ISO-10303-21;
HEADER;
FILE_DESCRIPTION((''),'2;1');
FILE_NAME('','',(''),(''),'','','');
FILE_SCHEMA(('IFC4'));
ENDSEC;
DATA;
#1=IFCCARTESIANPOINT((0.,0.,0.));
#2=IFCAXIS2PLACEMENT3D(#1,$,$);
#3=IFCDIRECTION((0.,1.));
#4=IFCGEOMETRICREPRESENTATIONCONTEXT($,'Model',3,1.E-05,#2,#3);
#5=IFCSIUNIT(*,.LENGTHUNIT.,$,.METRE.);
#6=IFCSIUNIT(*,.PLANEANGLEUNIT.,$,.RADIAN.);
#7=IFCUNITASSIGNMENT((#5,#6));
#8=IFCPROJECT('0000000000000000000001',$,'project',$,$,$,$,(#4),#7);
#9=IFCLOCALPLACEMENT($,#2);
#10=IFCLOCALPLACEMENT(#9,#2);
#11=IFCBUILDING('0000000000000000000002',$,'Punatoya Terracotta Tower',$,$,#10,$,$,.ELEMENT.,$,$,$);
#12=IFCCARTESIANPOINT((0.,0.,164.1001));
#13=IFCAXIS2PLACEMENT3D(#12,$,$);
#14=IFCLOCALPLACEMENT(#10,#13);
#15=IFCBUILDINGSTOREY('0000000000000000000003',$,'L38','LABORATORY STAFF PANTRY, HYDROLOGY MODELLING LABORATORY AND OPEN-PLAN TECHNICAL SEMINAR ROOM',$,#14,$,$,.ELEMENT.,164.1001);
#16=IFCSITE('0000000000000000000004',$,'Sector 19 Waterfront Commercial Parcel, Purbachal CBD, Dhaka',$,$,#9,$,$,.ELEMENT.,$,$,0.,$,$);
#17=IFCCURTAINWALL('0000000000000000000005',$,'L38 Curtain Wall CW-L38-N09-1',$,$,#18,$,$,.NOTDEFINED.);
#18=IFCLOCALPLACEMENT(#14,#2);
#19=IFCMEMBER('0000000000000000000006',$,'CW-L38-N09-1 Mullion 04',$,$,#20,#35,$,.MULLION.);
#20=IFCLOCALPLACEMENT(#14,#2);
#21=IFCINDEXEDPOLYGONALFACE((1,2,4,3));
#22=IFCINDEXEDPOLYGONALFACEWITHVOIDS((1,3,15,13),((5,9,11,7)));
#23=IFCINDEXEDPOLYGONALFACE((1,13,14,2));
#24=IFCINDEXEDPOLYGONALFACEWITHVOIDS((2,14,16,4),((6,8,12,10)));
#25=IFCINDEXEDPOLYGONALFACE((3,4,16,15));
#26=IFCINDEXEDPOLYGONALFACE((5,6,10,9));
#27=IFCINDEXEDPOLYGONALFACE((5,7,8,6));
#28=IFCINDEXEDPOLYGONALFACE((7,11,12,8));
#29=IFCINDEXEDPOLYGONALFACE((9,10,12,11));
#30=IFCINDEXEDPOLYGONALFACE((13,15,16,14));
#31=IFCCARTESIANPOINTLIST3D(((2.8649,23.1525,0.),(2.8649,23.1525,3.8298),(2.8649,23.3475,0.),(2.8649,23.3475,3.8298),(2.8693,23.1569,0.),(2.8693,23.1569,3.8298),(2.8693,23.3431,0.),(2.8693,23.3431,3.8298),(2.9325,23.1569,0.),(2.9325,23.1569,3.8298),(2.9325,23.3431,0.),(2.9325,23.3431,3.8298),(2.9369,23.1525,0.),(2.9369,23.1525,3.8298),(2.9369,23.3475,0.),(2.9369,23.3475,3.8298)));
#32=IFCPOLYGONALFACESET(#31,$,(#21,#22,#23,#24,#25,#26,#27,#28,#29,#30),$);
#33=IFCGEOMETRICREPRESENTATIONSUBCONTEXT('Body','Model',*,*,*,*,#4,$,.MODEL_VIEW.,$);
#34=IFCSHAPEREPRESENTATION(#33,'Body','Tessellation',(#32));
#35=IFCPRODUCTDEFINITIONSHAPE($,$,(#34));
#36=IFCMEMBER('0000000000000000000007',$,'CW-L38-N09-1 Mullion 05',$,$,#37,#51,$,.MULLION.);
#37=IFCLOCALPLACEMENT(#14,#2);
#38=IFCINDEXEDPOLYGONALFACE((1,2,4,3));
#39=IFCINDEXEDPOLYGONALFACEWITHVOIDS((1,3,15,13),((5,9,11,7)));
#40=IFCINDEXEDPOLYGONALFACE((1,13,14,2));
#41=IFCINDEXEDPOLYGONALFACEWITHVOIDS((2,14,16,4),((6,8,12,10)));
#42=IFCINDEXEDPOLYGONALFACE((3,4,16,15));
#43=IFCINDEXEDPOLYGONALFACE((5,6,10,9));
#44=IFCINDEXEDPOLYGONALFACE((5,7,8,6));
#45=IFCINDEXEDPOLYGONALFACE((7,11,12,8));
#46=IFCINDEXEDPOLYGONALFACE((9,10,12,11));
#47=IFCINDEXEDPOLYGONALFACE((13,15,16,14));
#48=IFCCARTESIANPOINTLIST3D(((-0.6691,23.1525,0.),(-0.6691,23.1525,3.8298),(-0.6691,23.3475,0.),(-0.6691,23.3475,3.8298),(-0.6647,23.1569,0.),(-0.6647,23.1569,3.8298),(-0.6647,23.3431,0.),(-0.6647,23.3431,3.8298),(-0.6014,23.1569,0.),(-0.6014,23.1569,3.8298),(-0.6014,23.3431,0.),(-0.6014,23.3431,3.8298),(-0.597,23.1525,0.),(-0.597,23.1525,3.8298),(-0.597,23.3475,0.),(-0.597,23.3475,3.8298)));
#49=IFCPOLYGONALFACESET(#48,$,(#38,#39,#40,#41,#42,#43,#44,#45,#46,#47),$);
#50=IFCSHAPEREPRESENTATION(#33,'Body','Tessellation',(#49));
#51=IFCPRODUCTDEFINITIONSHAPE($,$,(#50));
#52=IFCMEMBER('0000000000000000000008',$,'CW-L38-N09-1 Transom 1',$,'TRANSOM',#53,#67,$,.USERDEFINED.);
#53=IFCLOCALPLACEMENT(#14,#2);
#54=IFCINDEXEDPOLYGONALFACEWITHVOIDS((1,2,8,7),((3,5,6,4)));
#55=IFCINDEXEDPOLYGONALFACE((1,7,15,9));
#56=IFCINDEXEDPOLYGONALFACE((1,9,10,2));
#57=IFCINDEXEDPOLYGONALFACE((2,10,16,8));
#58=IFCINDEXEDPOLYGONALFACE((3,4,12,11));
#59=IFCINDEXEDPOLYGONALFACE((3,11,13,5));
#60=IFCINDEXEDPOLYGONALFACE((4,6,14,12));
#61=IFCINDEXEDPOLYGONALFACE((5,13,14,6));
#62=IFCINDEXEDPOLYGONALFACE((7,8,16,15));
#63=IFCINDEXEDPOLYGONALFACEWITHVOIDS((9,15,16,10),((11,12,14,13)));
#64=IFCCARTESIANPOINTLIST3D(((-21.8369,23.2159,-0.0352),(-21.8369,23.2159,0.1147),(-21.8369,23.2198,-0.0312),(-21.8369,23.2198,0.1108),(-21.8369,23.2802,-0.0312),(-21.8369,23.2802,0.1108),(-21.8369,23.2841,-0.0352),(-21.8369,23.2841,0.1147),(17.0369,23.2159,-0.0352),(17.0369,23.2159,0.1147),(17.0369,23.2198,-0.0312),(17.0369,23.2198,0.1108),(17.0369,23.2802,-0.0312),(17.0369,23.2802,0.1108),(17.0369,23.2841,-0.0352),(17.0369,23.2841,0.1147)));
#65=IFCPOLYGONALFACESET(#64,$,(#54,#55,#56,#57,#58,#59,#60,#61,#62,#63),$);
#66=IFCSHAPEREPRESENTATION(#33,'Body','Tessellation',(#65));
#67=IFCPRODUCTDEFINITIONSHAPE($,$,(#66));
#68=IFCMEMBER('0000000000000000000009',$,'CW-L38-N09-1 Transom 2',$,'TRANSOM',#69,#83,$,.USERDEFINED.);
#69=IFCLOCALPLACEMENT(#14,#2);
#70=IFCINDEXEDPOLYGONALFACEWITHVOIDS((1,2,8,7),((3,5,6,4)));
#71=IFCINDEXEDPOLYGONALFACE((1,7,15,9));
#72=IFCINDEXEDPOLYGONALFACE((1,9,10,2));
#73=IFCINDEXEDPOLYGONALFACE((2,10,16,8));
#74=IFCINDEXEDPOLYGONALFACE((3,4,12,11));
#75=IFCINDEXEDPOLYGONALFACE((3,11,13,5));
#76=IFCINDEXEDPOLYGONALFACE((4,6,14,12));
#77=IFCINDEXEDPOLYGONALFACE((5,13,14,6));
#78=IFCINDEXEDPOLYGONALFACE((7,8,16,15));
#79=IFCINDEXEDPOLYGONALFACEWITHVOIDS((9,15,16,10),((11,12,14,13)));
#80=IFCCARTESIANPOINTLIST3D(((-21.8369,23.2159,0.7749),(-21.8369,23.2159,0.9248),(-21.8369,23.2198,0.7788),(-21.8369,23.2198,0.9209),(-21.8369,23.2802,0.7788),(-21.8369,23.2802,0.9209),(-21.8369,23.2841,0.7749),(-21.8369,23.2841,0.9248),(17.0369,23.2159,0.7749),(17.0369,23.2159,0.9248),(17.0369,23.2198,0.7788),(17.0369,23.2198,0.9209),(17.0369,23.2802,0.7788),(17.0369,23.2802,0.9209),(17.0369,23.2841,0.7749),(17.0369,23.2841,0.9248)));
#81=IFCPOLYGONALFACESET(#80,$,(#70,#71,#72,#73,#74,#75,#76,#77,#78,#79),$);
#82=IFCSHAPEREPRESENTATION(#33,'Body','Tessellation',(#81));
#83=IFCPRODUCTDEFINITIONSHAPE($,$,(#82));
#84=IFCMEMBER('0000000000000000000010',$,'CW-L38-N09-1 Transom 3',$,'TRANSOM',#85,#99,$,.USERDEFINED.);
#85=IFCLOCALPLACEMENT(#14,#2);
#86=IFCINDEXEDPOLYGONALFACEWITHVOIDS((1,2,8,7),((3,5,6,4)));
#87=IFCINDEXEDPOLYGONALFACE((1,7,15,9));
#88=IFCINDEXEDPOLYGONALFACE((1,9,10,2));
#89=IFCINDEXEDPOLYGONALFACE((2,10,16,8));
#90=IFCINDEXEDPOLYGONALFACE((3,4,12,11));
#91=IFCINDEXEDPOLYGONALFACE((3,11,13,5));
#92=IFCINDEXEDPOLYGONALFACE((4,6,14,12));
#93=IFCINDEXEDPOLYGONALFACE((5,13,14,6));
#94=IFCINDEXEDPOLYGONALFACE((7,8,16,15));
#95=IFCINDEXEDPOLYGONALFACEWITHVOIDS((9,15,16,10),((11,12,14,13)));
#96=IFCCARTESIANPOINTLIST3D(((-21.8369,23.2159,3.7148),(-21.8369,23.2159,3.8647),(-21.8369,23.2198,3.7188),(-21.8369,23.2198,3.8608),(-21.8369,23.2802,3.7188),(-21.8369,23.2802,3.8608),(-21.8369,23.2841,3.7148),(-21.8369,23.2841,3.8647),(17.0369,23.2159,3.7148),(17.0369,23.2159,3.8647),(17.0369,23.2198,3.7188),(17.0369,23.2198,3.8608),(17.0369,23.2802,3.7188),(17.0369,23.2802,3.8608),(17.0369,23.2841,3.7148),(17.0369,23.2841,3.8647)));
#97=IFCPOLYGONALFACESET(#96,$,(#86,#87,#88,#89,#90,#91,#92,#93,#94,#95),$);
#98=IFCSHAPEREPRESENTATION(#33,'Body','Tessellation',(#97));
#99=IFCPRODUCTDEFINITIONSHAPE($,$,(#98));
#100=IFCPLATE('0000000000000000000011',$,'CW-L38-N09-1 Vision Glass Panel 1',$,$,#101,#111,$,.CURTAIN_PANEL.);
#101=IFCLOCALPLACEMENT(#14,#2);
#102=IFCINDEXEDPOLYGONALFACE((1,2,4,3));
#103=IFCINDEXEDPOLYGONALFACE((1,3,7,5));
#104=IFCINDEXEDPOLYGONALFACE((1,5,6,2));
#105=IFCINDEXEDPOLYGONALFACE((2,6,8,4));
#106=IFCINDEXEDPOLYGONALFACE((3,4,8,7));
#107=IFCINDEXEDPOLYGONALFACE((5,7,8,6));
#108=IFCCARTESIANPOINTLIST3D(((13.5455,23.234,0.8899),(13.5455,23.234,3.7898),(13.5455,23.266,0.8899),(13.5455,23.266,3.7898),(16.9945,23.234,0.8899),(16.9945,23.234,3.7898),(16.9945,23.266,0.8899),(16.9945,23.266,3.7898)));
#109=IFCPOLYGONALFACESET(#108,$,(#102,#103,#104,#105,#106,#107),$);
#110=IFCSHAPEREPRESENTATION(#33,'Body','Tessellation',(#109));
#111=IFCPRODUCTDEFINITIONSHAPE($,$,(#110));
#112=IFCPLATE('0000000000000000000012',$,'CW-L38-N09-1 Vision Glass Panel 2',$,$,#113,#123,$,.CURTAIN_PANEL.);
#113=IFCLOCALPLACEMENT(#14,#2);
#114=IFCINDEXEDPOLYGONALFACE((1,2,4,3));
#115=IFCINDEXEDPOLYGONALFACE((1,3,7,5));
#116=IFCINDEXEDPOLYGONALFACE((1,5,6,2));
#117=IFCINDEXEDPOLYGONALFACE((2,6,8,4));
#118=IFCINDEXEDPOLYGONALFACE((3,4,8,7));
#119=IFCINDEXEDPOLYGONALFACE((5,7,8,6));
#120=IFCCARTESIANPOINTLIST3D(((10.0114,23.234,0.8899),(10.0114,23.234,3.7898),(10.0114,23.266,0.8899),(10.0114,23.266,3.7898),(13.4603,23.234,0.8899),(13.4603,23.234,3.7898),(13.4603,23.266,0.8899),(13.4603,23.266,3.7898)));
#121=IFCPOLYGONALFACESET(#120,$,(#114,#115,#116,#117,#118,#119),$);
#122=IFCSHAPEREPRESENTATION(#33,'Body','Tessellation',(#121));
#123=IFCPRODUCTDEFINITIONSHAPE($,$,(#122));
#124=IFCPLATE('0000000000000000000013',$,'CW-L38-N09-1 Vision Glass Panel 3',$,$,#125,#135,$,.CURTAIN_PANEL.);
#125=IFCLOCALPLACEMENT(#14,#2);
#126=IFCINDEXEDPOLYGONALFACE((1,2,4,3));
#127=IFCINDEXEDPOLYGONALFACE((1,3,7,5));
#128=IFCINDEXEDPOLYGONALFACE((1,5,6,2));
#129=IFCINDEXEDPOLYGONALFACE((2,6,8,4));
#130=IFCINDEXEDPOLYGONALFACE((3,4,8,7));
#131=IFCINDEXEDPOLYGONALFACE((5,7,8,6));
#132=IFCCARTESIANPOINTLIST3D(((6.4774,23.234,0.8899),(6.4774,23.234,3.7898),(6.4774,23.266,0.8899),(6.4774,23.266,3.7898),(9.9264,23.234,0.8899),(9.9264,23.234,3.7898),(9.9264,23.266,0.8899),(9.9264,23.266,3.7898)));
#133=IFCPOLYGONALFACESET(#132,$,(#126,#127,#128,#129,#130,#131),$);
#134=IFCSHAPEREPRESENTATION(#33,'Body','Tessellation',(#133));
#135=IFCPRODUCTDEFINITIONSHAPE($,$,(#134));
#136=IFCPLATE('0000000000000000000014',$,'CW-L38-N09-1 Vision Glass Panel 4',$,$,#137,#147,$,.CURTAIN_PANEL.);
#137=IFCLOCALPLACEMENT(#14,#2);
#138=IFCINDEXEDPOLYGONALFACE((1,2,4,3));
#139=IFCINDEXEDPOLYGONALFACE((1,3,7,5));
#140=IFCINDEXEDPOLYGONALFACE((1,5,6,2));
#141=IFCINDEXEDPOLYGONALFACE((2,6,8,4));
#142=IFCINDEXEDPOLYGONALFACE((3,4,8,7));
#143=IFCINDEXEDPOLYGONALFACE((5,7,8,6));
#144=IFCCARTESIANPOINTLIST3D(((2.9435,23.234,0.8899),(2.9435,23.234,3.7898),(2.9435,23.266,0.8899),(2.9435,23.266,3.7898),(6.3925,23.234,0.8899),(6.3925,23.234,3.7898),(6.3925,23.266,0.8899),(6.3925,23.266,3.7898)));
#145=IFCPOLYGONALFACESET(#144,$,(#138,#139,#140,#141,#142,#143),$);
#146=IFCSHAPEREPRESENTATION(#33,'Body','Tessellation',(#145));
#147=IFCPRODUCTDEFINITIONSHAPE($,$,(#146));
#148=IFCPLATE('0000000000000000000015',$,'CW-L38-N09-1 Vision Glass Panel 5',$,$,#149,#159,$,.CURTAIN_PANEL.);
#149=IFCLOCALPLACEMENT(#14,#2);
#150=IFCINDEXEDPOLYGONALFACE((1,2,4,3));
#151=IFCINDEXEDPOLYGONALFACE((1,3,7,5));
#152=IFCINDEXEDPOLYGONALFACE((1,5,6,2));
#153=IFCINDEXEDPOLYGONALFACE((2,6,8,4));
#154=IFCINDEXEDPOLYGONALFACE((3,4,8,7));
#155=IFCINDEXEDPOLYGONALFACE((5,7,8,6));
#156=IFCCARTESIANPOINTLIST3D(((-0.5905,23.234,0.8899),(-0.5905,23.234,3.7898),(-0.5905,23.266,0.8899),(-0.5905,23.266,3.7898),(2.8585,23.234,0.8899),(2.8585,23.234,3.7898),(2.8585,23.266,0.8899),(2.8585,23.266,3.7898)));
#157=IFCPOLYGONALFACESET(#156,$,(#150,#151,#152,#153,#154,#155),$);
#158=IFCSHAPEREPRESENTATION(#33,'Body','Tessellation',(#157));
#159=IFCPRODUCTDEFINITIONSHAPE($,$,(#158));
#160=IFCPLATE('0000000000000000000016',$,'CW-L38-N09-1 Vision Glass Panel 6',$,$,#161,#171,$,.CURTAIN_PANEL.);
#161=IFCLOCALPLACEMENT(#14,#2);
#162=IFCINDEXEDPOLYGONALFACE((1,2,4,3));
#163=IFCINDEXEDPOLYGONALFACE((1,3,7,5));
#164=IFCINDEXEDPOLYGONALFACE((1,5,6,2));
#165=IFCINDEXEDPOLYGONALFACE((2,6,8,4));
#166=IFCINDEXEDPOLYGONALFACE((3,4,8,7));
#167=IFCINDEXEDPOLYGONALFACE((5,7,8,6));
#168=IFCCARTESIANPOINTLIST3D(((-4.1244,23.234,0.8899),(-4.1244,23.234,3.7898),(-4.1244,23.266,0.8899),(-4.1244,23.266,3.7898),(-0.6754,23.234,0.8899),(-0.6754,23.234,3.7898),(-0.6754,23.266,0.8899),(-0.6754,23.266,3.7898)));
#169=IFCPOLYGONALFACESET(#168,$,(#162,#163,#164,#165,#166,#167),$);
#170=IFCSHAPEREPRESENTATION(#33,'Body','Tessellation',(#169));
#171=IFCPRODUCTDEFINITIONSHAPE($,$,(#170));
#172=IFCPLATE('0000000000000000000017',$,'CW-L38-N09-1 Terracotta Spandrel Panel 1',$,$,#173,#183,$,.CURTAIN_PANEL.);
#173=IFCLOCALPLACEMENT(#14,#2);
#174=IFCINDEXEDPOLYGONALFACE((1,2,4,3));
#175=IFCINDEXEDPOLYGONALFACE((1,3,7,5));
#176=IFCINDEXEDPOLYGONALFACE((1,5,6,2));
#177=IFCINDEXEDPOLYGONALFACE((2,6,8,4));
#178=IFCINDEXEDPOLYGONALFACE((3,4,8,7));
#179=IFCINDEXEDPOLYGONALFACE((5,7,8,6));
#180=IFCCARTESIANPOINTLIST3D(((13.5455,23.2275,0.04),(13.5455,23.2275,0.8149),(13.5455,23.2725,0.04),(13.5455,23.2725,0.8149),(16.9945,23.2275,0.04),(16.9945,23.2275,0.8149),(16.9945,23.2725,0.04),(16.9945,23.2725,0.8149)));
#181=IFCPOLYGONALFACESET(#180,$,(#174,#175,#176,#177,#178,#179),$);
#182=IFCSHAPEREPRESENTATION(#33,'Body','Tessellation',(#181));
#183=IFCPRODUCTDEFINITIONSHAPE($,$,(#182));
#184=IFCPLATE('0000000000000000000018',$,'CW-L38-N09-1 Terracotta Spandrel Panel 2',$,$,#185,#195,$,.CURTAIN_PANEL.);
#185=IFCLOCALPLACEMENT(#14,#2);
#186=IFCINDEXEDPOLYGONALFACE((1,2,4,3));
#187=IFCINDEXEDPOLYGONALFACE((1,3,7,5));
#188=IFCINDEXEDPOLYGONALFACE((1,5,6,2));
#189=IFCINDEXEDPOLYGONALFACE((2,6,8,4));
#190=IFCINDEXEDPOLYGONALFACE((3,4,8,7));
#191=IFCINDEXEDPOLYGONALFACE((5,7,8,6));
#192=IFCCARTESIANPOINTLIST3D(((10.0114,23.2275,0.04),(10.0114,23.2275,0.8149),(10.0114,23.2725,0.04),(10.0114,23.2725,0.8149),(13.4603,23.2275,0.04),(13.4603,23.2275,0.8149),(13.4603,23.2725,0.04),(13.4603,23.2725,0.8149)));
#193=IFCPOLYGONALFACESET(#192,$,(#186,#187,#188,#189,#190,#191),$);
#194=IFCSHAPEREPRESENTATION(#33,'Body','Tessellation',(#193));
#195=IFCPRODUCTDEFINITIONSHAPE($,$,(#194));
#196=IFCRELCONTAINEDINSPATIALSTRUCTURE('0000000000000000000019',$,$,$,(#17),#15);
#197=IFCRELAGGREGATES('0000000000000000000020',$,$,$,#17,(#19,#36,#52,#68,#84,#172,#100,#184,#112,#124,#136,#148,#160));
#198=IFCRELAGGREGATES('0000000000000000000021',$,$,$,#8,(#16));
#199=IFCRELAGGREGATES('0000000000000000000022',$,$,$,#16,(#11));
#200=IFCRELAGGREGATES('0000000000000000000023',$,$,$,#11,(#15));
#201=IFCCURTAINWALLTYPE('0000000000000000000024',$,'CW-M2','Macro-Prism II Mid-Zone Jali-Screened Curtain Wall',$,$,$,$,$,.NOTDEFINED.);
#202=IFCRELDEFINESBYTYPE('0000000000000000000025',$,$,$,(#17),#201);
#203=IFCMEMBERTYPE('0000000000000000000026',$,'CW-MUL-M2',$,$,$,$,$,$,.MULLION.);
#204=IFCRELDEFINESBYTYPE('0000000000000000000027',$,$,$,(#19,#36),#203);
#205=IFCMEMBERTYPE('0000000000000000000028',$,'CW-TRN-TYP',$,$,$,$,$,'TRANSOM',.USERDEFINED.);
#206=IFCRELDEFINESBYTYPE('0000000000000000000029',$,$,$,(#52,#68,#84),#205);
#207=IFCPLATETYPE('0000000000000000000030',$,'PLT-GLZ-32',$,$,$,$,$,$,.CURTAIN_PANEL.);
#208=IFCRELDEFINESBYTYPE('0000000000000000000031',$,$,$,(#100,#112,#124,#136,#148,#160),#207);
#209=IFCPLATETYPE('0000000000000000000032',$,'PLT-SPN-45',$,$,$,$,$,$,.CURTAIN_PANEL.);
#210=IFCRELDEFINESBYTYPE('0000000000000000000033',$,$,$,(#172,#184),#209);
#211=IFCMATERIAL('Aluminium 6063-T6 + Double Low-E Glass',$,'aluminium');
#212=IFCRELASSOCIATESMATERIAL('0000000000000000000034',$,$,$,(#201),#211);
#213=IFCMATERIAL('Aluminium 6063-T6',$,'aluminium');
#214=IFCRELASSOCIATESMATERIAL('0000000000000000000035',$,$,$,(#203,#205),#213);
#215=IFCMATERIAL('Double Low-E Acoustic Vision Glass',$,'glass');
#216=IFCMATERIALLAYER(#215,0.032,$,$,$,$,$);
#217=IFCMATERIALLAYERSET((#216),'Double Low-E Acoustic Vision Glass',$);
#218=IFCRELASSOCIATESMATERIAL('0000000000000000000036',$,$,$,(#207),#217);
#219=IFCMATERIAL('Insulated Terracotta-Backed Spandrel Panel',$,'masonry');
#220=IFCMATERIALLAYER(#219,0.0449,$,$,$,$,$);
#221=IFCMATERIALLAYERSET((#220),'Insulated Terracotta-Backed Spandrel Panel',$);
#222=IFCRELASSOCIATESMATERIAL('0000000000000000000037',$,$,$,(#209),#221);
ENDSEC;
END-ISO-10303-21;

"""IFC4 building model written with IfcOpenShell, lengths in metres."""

from ifc_helpers import new_model, si_unit, direction, frame, origin, origin_2d, place, context, subcontext, project, spatial, rectangle, hollow_rectangle, extrude, material, layer, layer_set, material_profile, profile_set, type_object, element, aggregate, save


model = new_model("IFC4")

# Units and contexts
model_context = context("Model", 3, precision=1e-05, world=origin(), true_north=direction((0.0, 1.0)))
body_context = subcontext(model_context, "Body", "Model", "MODEL_VIEW")
ifc_project = project(units=[si_unit("LENGTHUNIT", "METRE"), si_unit("PLANEANGLEUNIT", "RADIAN")], contexts=[model_context])

# Site, building, storey
site_placement = place(None, origin())
site = spatial("IfcSite", under=ifc_project, at=site_placement, Name="Sector 19 Waterfront Commercial Parcel, Purbachal CBD, Dhaka", CompositionType="ELEMENT", RefElevation=0.0)
building_placement = place(site_placement, origin())
building = spatial("IfcBuilding", under=site, at=building_placement, Name="Punatoya Terracotta Tower", CompositionType="ELEMENT")
storey_placement = place(building_placement, frame((0.0, 0.0, 164.1001)))
storey = spatial("IfcBuildingStorey", under=building, at=storey_placement, Name="L38", Description="LABORATORY STAFF PANTRY, HYDROLOGY MODELLING LABORATORY AND OPEN-PLAN TECHNICAL SEMINAR ROOM", CompositionType="ELEMENT", Elevation=164.1001)

# Shared definitions
ifc_material_1 = material(Name="Aluminium 6063-T6 + Double Low-E Glass", Category="aluminium")
curtain_wall_type = type_object("IfcCurtainWallType", Name="CW-M2", Description="Macro-Prism II Mid-Zone Jali-Screened Curtain Wall", PredefinedType="NOTDEFINED", material=ifc_material_1)
ifc_material_2 = material(Name="Aluminium 6063-T6", Category="aluminium")
ifc_material_profile_1 = material_profile(ifc_material_2, hollow_rectangle(XDim=0.072, YDim=0.1951, WallThickness=0.0044, at=origin_2d()))
ifc_profile_set_1 = profile_set([ifc_material_profile_1], Name="Aluminium 6063-T6")
member_type_1 = type_object("IfcMemberType", Name="CW-MUL-M2", PredefinedType="MULLION", material=ifc_profile_set_1)

# Curtain wall, members, plates
curtain_wall_1_placement = place(storey_placement, origin())
curtain_wall_1 = element("IfcCurtainWall", 1, at=curtain_wall_1_placement, inside=storey, type_object=curtain_wall_type, Name="L38 Curtain Wall CW-L38-N09-1", PredefinedType="NOTDEFINED")
member_1_placement = place(storey_placement, frame((2.9009, 23.25, 0.0), z_axis=(0.0, 0.0, 1.0), x_axis=(1.0, 0.0, 0.0)))
member_1 = element("IfcMember", 2, at=member_1_placement, type_object=member_type_1, Name="CW-L38-N09-1 Mullion 04", PredefinedType="MULLION", context=body_context, shape_type="SweptSolid", body=[
    extrude(hollow_rectangle(XDim=0.072, YDim=0.1951, WallThickness=0.0044, at=origin_2d()), origin(), (0.0, 0.0, 1.0), 3.8298),
])
member_2_placement = place(storey_placement, frame((-0.6331, 23.25, 0.0), z_axis=(0.0, 0.0, 1.0), x_axis=(1.0, 0.0, 0.0)))
member_2 = element("IfcMember", 3, at=member_2_placement, type_object=member_type_1, Name="CW-L38-N09-1 Mullion 05", PredefinedType="MULLION", context=body_context, shape_type="SweptSolid", body=[
    extrude(hollow_rectangle(XDim=0.072, YDim=0.1951, WallThickness=0.0044, at=origin_2d()), origin(), (0.0, 0.0, 1.0), 3.8298),
])
ifc_material_profile_2 = material_profile(ifc_material_2, hollow_rectangle(XDim=0.0681, YDim=0.1499, WallThickness=0.0039, at=origin_2d()))
ifc_profile_set_2 = profile_set([ifc_material_profile_2], Name="Aluminium 6063-T6")
member_type_2 = type_object("IfcMemberType", Name="CW-TRN-TYP", ElementType="TRANSOM", PredefinedType="USERDEFINED", material=ifc_profile_set_2)
member_3_placement = place(storey_placement, frame((17.0369, 23.25, 0.0398), z_axis=(-1.0, 0.0, 0.0), x_axis=(0.0, -1.0, 0.0)))
member_3 = element("IfcMember", 4, at=member_3_placement, type_object=member_type_2, Name="CW-L38-N09-1 Transom 1", ObjectType="TRANSOM", PredefinedType="USERDEFINED", context=body_context, shape_type="SweptSolid", body=[
    extrude(hollow_rectangle(XDim=0.0681, YDim=0.1499, WallThickness=0.0039, at=origin_2d()), origin(), (0.0, 0.0, 1.0), 38.8738),
])
member_4_placement = place(storey_placement, frame((17.0369, 23.25, 0.8499), z_axis=(-1.0, 0.0, 0.0), x_axis=(0.0, -1.0, 0.0)))
member_4 = element("IfcMember", 5, at=member_4_placement, type_object=member_type_2, Name="CW-L38-N09-1 Transom 2", ObjectType="TRANSOM", PredefinedType="USERDEFINED", context=body_context, shape_type="SweptSolid", body=[
    extrude(hollow_rectangle(XDim=0.0681, YDim=0.1499, WallThickness=0.0039, at=origin_2d()), origin(), (0.0, 0.0, 1.0), 38.8738),
])
member_5_placement = place(storey_placement, frame((17.0369, 23.25, 3.7898), z_axis=(-1.0, 0.0, 0.0), x_axis=(0.0, -1.0, 0.0)))
member_5 = element("IfcMember", 6, at=member_5_placement, type_object=member_type_2, Name="CW-L38-N09-1 Transom 3", ObjectType="TRANSOM", PredefinedType="USERDEFINED", context=body_context, shape_type="SweptSolid", body=[
    extrude(hollow_rectangle(XDim=0.0681, YDim=0.1499, WallThickness=0.0039, at=origin_2d()), origin(), (0.0, 0.0, 1.0), 38.8738),
])
ifc_material_3 = material(Name="Double Low-E Acoustic Vision Glass", Category="glass")
ifc_layer_1 = layer(ifc_material_3, 0.032)
ifc_layer_set_1 = layer_set([ifc_layer_1], Name="Double Low-E Acoustic Vision Glass")
plate_type_1 = type_object("IfcPlateType", Name="PLT-GLZ-32", PredefinedType="CURTAIN_PANEL", material=ifc_layer_set_1)
plate_1_placement = place(storey_placement, frame((15.27, 23.25, 0.8899), z_axis=(0.0, 0.0, 1.0), x_axis=(-1.0, 0.0, 0.0)))
plate_1 = element("IfcPlate", 7, at=plate_1_placement, type_object=plate_type_1, Name="CW-L38-N09-1 Vision Glass Panel 1", PredefinedType="CURTAIN_PANEL", context=body_context, shape_type="SweptSolid", body=[
    extrude(rectangle(XDim=3.449, YDim=0.032, at=origin_2d()), origin(), (0.0, 0.0, 1.0), 2.8999),
])
plate_2_placement = place(storey_placement, frame((11.7358, 23.25, 0.8899), z_axis=(0.0, 0.0, 1.0), x_axis=(-1.0, 0.0, 0.0)))
plate_2 = element("IfcPlate", 8, at=plate_2_placement, type_object=plate_type_1, Name="CW-L38-N09-1 Vision Glass Panel 2", PredefinedType="CURTAIN_PANEL", context=body_context, shape_type="SweptSolid", body=[
    extrude(rectangle(XDim=3.449, YDim=0.032, at=origin_2d()), origin(), (0.0, 0.0, 1.0), 2.8999),
])
plate_3_placement = place(storey_placement, frame((8.2019, 23.25, 0.8899), z_axis=(0.0, 0.0, 1.0), x_axis=(-1.0, 0.0, 0.0)))
plate_3 = element("IfcPlate", 9, at=plate_3_placement, type_object=plate_type_1, Name="CW-L38-N09-1 Vision Glass Panel 3", PredefinedType="CURTAIN_PANEL", context=body_context, shape_type="SweptSolid", body=[
    extrude(rectangle(XDim=3.449, YDim=0.032, at=origin_2d()), origin(), (0.0, 0.0, 1.0), 2.8999),
])
plate_4_placement = place(storey_placement, frame((4.668, 23.25, 0.8899), z_axis=(0.0, 0.0, 1.0), x_axis=(-1.0, 0.0, 0.0)))
plate_4 = element("IfcPlate", 10, at=plate_4_placement, type_object=plate_type_1, Name="CW-L38-N09-1 Vision Glass Panel 4", PredefinedType="CURTAIN_PANEL", context=body_context, shape_type="SweptSolid", body=[
    extrude(rectangle(XDim=3.449, YDim=0.032, at=origin_2d()), origin(), (0.0, 0.0, 1.0), 2.8999),
])
plate_5_placement = place(storey_placement, frame((1.134, 23.25, 0.8899), z_axis=(0.0, 0.0, 1.0), x_axis=(-1.0, 0.0, 0.0)))
plate_5 = element("IfcPlate", 11, at=plate_5_placement, type_object=plate_type_1, Name="CW-L38-N09-1 Vision Glass Panel 5", PredefinedType="CURTAIN_PANEL", context=body_context, shape_type="SweptSolid", body=[
    extrude(rectangle(XDim=3.449, YDim=0.032, at=origin_2d()), origin(), (0.0, 0.0, 1.0), 2.8999),
])
plate_6_placement = place(storey_placement, frame((-2.3999, 23.25, 0.8899), z_axis=(0.0, 0.0, 1.0), x_axis=(-1.0, 0.0, 0.0)))
plate_6 = element("IfcPlate", 12, at=plate_6_placement, type_object=plate_type_1, Name="CW-L38-N09-1 Vision Glass Panel 6", PredefinedType="CURTAIN_PANEL", context=body_context, shape_type="SweptSolid", body=[
    extrude(rectangle(XDim=3.449, YDim=0.032, at=origin_2d()), origin(), (0.0, 0.0, 1.0), 2.8999),
])
ifc_material_4 = material(Name="Insulated Terracotta-Backed Spandrel Panel", Category="masonry")
ifc_layer_2 = layer(ifc_material_4, 0.0449)
ifc_layer_set_2 = layer_set([ifc_layer_2], Name="Insulated Terracotta-Backed Spandrel Panel")
plate_type_2 = type_object("IfcPlateType", Name="PLT-SPN-45", PredefinedType="CURTAIN_PANEL", material=ifc_layer_set_2)
plate_7_placement = place(storey_placement, frame((15.27, 23.25, 0.04), z_axis=(0.0, 0.0, 1.0), x_axis=(-1.0, 0.0, 0.0)))
plate_7 = element("IfcPlate", 13, at=plate_7_placement, type_object=plate_type_2, Name="CW-L38-N09-1 Terracotta Spandrel Panel 1", PredefinedType="CURTAIN_PANEL", context=body_context, shape_type="SweptSolid", body=[
    extrude(rectangle(XDim=3.449, YDim=0.0449, at=origin_2d()), origin(), (0.0, 0.0, 1.0), 0.7749),
])
plate_8_placement = place(storey_placement, frame((11.7358, 23.25, 0.04), z_axis=(0.0, 0.0, 1.0), x_axis=(-1.0, 0.0, 0.0)))
plate_8 = element("IfcPlate", 14, at=plate_8_placement, type_object=plate_type_2, Name="CW-L38-N09-1 Terracotta Spandrel Panel 2", PredefinedType="CURTAIN_PANEL", context=body_context, shape_type="SweptSolid", body=[
    extrude(rectangle(XDim=3.449, YDim=0.0449, at=origin_2d()), origin(), (0.0, 0.0, 1.0), 0.7749),
])
aggregate(curtain_wall_1, [member_1, member_2, member_3, member_4, member_5, plate_7, plate_1, plate_8, plate_2, plate_3, plate_4, plate_5, plate_6])

save(model, "model.ifc")
